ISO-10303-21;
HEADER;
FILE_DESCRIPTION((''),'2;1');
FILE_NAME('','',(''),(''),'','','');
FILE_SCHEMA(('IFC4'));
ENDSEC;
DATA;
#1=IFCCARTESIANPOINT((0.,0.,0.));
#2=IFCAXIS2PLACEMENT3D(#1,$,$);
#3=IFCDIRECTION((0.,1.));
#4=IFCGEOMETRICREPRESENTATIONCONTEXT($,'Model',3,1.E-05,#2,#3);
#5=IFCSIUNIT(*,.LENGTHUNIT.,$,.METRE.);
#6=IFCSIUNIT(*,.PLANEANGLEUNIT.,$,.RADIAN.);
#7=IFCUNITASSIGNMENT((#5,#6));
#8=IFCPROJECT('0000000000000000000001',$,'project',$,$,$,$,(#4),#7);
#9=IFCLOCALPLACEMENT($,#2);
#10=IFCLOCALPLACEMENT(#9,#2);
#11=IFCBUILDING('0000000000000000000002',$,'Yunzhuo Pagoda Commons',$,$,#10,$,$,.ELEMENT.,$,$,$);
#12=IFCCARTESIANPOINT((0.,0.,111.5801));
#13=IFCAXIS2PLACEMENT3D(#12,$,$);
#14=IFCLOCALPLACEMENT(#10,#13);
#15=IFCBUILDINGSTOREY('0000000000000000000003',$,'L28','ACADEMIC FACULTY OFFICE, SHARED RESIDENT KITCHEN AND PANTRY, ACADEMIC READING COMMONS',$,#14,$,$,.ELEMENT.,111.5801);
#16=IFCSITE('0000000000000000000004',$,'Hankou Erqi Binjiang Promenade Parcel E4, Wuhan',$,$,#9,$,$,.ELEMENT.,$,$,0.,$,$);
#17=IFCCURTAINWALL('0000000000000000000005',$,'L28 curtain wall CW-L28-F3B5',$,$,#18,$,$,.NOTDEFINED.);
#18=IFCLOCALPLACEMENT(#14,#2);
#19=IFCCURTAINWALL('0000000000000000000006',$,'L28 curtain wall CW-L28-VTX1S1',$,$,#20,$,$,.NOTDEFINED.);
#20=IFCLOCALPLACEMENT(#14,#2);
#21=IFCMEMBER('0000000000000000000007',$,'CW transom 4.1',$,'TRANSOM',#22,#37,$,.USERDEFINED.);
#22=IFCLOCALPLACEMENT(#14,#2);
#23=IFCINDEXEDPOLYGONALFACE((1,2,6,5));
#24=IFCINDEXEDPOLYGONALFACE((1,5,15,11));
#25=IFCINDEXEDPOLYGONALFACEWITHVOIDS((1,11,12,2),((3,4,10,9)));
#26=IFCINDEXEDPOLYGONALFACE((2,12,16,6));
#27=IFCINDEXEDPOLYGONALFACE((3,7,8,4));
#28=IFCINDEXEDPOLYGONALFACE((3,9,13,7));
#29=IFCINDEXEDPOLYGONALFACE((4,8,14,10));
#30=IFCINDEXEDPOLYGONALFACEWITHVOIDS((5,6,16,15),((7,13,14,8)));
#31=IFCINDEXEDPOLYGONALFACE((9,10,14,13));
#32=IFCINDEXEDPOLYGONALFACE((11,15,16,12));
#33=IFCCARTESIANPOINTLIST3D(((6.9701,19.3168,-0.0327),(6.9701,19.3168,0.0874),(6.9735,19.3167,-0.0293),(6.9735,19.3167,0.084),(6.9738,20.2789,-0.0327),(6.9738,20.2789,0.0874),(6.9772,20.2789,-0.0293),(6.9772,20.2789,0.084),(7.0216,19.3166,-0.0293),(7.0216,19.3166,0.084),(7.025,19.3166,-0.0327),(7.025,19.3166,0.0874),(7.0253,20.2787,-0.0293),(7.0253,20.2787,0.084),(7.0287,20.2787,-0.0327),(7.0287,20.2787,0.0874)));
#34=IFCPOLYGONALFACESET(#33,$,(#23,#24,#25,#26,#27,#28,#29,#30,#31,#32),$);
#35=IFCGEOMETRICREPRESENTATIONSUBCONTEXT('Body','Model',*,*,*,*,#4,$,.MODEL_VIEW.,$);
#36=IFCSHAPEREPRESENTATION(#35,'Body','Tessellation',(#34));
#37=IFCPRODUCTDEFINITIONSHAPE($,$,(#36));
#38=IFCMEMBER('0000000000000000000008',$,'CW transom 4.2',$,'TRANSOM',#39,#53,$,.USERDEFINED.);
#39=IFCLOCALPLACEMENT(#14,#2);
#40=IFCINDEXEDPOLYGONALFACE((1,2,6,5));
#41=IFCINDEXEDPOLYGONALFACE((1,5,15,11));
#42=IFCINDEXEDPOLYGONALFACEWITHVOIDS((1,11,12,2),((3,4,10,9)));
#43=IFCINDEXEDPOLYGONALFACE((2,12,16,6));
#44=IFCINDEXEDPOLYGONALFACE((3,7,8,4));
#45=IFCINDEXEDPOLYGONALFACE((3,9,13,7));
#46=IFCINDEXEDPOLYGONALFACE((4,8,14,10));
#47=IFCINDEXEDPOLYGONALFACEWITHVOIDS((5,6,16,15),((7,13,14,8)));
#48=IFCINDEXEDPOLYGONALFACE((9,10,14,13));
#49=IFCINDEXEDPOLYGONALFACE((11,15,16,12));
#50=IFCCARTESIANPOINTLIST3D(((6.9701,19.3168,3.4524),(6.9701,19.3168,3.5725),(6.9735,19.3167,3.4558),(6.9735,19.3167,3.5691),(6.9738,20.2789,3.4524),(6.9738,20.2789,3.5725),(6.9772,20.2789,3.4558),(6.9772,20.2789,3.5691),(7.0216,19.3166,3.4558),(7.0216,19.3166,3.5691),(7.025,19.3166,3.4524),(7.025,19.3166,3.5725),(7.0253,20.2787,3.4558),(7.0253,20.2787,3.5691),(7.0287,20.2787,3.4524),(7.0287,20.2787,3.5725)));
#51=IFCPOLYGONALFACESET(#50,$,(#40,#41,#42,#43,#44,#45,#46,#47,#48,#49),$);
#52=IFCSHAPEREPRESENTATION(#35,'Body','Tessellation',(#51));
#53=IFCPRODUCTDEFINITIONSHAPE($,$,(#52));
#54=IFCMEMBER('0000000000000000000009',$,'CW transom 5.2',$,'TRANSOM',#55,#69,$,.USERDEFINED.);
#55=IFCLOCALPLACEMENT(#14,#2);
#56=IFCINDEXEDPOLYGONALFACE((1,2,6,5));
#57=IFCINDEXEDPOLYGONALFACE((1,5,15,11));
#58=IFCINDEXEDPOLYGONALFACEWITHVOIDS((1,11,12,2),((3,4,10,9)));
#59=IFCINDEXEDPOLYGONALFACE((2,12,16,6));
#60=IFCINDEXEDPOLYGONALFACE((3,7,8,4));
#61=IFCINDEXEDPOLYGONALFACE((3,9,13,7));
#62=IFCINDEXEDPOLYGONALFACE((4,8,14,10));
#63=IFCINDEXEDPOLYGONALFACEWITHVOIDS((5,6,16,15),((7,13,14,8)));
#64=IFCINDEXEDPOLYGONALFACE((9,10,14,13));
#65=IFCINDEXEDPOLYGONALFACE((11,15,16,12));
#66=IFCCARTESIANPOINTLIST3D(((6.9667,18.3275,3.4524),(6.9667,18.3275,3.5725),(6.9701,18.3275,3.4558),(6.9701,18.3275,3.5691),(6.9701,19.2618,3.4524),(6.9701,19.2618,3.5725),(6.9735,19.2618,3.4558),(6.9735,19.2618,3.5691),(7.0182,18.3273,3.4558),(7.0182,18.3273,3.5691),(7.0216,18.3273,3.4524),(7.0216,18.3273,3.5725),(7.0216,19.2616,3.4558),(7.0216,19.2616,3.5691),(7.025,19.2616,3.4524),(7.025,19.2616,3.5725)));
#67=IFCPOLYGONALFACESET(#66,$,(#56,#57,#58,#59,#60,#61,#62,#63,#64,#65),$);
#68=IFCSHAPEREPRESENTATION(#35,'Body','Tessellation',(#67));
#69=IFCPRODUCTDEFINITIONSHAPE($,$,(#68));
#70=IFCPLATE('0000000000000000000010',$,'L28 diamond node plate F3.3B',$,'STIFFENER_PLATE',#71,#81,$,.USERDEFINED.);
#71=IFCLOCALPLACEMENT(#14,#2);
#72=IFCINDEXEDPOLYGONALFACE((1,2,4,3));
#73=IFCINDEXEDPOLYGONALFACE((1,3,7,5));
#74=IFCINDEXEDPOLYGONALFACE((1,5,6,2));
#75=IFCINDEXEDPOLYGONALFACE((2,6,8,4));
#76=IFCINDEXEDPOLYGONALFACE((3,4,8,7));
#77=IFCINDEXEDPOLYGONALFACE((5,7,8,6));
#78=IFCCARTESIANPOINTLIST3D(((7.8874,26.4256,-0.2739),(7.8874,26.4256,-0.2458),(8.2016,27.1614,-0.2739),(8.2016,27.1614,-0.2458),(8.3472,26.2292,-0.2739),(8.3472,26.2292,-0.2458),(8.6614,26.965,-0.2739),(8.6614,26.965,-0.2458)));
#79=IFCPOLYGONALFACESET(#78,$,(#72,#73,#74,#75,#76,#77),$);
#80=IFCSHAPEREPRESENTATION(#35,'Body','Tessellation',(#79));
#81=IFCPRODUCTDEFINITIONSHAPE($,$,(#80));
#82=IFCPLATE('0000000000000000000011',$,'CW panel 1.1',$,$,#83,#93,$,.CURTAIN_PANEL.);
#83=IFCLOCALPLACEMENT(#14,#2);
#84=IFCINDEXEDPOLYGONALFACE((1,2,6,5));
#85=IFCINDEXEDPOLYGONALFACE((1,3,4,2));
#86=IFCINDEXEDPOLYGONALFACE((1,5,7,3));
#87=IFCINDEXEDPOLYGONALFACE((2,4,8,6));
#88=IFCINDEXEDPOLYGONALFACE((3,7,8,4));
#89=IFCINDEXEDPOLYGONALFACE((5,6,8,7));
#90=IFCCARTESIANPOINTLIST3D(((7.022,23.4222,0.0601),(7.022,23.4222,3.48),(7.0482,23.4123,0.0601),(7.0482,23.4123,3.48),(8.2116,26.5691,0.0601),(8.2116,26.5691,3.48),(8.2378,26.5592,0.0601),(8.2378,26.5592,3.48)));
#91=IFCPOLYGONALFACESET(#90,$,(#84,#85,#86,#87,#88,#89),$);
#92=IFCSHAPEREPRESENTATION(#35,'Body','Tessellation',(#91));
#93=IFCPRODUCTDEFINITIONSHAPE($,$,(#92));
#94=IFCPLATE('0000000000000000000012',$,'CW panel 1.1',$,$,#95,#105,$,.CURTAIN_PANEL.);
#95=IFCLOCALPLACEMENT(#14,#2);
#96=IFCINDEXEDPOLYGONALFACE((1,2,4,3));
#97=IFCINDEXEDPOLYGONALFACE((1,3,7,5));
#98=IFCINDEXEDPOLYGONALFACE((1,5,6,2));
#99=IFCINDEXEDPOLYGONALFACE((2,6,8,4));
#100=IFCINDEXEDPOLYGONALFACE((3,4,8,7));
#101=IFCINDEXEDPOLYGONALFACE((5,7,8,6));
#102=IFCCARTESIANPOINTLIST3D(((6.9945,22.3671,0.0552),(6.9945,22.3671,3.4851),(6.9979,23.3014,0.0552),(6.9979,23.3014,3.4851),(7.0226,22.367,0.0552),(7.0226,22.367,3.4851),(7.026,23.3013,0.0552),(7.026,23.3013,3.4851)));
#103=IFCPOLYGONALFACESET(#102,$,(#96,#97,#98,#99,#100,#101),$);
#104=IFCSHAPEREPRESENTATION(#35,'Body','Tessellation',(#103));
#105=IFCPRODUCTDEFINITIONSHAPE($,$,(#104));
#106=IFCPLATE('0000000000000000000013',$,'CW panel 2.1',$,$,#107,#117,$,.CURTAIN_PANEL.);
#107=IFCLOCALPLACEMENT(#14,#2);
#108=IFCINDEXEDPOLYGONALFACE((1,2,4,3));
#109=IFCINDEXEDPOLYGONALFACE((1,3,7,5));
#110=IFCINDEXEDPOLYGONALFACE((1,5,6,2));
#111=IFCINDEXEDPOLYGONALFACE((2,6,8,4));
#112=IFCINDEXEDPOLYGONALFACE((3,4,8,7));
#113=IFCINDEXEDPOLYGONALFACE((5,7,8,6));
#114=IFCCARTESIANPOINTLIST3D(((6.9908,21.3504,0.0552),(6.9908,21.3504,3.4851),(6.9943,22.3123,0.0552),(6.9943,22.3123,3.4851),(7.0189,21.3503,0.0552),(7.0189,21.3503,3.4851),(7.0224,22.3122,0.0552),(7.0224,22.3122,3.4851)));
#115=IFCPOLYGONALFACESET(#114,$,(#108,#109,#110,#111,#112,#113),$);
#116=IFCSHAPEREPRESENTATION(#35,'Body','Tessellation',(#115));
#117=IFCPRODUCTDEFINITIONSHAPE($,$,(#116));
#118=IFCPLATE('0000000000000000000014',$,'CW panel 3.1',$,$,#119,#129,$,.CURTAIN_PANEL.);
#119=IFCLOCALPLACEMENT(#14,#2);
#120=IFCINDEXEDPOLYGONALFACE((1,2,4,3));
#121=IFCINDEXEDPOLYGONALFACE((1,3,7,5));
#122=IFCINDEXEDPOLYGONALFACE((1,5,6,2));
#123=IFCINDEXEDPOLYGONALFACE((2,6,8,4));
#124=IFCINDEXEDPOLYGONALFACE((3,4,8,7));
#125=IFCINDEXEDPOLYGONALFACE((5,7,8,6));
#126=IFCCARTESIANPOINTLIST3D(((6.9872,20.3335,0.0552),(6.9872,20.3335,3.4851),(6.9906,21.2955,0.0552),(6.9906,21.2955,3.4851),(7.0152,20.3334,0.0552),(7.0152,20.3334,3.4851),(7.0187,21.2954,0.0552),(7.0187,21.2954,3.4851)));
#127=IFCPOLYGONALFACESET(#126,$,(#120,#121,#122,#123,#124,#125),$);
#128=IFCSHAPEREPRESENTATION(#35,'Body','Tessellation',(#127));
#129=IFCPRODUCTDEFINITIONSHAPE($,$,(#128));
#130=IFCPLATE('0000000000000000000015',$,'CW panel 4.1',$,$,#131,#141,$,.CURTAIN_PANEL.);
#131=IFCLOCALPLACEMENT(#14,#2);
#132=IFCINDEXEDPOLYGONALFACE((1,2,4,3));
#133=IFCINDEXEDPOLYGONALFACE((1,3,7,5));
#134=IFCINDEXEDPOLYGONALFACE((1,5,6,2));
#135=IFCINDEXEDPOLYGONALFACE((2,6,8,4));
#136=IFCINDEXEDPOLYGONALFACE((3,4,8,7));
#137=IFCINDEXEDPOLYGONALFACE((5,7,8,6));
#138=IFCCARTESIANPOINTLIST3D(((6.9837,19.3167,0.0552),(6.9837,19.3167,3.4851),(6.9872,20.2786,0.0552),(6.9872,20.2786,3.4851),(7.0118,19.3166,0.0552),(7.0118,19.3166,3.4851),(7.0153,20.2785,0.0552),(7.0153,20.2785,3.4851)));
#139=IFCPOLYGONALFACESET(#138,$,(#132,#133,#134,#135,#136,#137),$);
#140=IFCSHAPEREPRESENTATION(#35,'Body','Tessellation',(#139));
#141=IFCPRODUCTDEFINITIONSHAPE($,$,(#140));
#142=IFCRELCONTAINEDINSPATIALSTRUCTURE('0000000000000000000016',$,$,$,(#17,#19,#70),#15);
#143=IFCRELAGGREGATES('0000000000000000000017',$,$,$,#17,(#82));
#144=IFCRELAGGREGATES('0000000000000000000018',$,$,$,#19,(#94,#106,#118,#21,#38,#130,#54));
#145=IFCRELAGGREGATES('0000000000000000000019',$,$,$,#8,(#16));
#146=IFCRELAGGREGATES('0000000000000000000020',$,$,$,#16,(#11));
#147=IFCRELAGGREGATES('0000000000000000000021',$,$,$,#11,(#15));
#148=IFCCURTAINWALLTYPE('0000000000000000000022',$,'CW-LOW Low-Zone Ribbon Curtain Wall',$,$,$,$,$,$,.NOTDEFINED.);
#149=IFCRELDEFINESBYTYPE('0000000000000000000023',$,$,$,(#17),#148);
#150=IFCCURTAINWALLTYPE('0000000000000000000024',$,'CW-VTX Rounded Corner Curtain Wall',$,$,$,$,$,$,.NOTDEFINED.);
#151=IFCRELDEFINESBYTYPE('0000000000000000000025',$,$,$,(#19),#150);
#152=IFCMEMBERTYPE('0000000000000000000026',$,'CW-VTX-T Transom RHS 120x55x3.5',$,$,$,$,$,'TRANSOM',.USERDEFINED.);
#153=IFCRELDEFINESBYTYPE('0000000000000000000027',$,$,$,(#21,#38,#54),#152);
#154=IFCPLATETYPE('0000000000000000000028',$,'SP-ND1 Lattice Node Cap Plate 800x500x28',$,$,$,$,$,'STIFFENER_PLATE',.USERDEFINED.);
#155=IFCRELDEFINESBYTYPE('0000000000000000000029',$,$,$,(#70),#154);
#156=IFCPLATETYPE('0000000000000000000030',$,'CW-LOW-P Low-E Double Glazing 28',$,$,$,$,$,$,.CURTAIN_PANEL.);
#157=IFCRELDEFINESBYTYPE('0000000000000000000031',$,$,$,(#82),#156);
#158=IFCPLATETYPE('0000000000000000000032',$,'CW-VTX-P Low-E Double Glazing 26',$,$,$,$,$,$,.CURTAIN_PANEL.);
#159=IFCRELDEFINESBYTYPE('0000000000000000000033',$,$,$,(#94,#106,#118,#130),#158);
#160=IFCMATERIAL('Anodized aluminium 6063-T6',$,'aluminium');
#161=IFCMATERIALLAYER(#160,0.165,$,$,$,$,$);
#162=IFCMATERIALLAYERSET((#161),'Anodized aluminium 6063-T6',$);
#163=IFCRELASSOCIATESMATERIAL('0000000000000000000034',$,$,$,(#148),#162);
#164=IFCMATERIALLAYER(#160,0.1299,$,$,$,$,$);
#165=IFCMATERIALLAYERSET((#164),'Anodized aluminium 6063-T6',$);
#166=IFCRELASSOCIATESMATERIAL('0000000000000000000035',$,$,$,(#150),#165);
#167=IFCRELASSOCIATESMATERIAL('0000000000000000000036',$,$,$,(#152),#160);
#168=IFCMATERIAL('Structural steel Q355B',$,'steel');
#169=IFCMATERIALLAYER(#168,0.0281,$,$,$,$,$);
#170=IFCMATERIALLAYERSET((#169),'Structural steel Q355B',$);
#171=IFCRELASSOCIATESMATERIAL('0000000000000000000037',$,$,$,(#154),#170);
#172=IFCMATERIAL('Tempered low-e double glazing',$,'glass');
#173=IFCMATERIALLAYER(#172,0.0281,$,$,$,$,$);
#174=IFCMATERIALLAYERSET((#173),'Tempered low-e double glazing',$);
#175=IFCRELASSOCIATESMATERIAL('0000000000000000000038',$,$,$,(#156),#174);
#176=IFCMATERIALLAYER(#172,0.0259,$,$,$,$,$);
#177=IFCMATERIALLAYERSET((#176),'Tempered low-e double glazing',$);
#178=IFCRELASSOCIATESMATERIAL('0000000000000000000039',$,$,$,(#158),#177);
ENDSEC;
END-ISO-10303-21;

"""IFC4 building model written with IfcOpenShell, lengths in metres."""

from ifc_helpers import new_model, si_unit, direction, frame, origin, origin_2d, place, context, subcontext, project, spatial, rectangle, hollow_rectangle, extrude, source, transform, mapped, material, layer, layer_set, material_profile, profile_set, type_object, element, aggregate, save


model = new_model("IFC4")

# Units and contexts
model_context = context("Model", 3, precision=1e-05, world=origin(), true_north=direction((0.0, 1.0)))
body_context = subcontext(model_context, "Body", "Model", "MODEL_VIEW")
ifc_project = project(units=[si_unit("LENGTHUNIT", "METRE"), si_unit("PLANEANGLEUNIT", "RADIAN")], contexts=[model_context])

# Site, building, storey
site_placement = place(None, origin())
site = spatial("IfcSite", under=ifc_project, at=site_placement, Name="Hankou Erqi Binjiang Promenade Parcel E4, Wuhan", CompositionType="ELEMENT", RefElevation=0.0)
building_placement = place(site_placement, origin())
building = spatial("IfcBuilding", under=site, at=building_placement, Name="Yunzhuo Pagoda Commons", CompositionType="ELEMENT")
storey_placement = place(building_placement, frame((0.0, 0.0, 111.5801)))
storey = spatial("IfcBuildingStorey", under=building, at=storey_placement, Name="L28", Description="ACADEMIC FACULTY OFFICE, SHARED RESIDENT KITCHEN AND PANTRY, ACADEMIC READING COMMONS", CompositionType="ELEMENT", Elevation=111.5801)

# Shared definitions
ifc_material_1 = material(Name="Structural steel Q355B", Category="steel")

# Shared definitions
ifc_material_2 = material(Name="Anodized aluminium 6063-T6", Category="aluminium")
ifc_layer_1 = layer(ifc_material_2, 0.165)
ifc_layer_set_1 = layer_set([ifc_layer_1], Name="Anodized aluminium 6063-T6")
curtain_wall_type_1 = type_object("IfcCurtainWallType", Name="CW-LOW Low-Zone Ribbon Curtain Wall", PredefinedType="NOTDEFINED", material=ifc_layer_set_1)

# Curtain walls
curtain_wall_1_placement = place(storey_placement, origin())
curtain_wall_1 = element("IfcCurtainWall", 1, at=curtain_wall_1_placement, inside=storey, type_object=curtain_wall_type_1, Name="L28 curtain wall CW-L28-F3B5", PredefinedType="NOTDEFINED")
ifc_layer_2 = layer(ifc_material_2, 0.1299)
ifc_layer_set_2 = layer_set([ifc_layer_2], Name="Anodized aluminium 6063-T6")
curtain_wall_type_2 = type_object("IfcCurtainWallType", Name="CW-VTX Rounded Corner Curtain Wall", PredefinedType="NOTDEFINED", material=ifc_layer_set_2)
curtain_wall_2_placement = place(storey_placement, origin())
curtain_wall_2 = element("IfcCurtainWall", 2, at=curtain_wall_2_placement, inside=storey, type_object=curtain_wall_type_2, Name="L28 curtain wall CW-L28-VTX1S1", PredefinedType="NOTDEFINED")

# Members
ifc_material_profile_1 = material_profile(ifc_material_2, hollow_rectangle(XDim=0.0549, YDim=0.1201, WallThickness=0.0034, at=origin_2d()), Name="Anodized aluminium 6063-T6")
ifc_profile_set_1 = profile_set([ifc_material_profile_1], Name="Anodized aluminium 6063-T6")
member_type_1 = type_object("IfcMemberType", Name="CW-VTX-T Transom RHS 120x55x3.5", ElementType="TRANSOM", PredefinedType="USERDEFINED", material=ifc_profile_set_1)
shared_shape_1 = source(origin(), body_context, "Body", "SweptSolid", [
    extrude(hollow_rectangle(XDim=0.0549, YDim=0.1201, WallThickness=0.0034, at=origin_2d()), origin(), (0.0, 0.0, 1.0), 0.9622),
])
member_1_placement = place(storey_placement, frame((7.0012, 20.2788, 0.0273), z_axis=(-0.003806, -0.999993, 0.0), x_axis=(0.999993, -0.003806, 0.0)))
member_1 = element("IfcMember", 3, at=member_1_placement, type_object=member_type_1, Name="CW transom 4.1", ObjectType="TRANSOM", PredefinedType="USERDEFINED", context=body_context, shape_type="MappedRepresentation", body=[
    mapped(shared_shape_1, transform((0.0, 0.0, 0.0), scale=1.0)),
])
member_2_placement = place(storey_placement, frame((7.0012, 20.2788, 3.5125), z_axis=(-0.003806, -0.999993, 0.0), x_axis=(0.999993, -0.003806, 0.0)))
member_2 = element("IfcMember", 4, at=member_2_placement, type_object=member_type_1, Name="CW transom 4.2", ObjectType="TRANSOM", PredefinedType="USERDEFINED", context=body_context, shape_type="MappedRepresentation", body=[
    mapped(shared_shape_1, transform((0.0, 0.0, 0.0), scale=1.0)),
])
shared_shape_2 = source(origin(), body_context, "Body", "SweptSolid", [
    extrude(hollow_rectangle(XDim=0.0549, YDim=0.1201, WallThickness=0.0034, at=origin_2d()), origin(), (0.0, 0.0, 1.0), 0.9343),
])
member_3_placement = place(storey_placement, frame((6.9976, 19.2617, 3.5125), z_axis=(-0.003658, -0.999993, 0.0), x_axis=(0.999993, -0.003658, 0.0)))
member_3 = element("IfcMember", 5, at=member_3_placement, type_object=member_type_1, Name="CW transom 5.2", ObjectType="TRANSOM", PredefinedType="USERDEFINED", context=body_context, shape_type="MappedRepresentation", body=[
    mapped(shared_shape_2, transform((0.0, 0.0, 0.0), scale=1.0)),
])

# Plates
ifc_layer_3 = layer(ifc_material_1, 0.0281)
ifc_layer_set_3 = layer_set([ifc_layer_3], Name="Structural steel Q355B")
plate_type_1 = type_object("IfcPlateType", Name="SP-ND1 Lattice Node Cap Plate 800x500x28", ElementType="STIFFENER_PLATE", PredefinedType="USERDEFINED", material=ifc_layer_set_3)
shared_shape_3 = source(origin(), body_context, "Body", "SweptSolid", [
    extrude(rectangle(XDim=0.8, YDim=0.5, at=origin_2d()), origin(), (0.0, 0.0, 1.0), 0.0281),
])
plate_1_placement = place(storey_placement, frame((8.2744, 26.6953, -0.2739), z_axis=(0.0, 0.0, 1.0), x_axis=(-0.392738, -0.91965, 0.0)))
element("IfcPlate", 6, at=plate_1_placement, inside=storey, type_object=plate_type_1, Name="L28 diamond node plate F3.3B", ObjectType="STIFFENER_PLATE", PredefinedType="USERDEFINED", context=body_context, shape_type="MappedRepresentation", body=[
    mapped(shared_shape_3, transform((0.0, 0.0, 0.0), scale=1.0)),
])
ifc_material_3 = material(Name="Tempered low-e double glazing", Category="glass")
ifc_layer_4 = layer(ifc_material_3, 0.0281)
ifc_layer_set_4 = layer_set([ifc_layer_4], Name="Tempered low-e double glazing")
plate_type_2 = type_object("IfcPlateType", Name="CW-LOW-P Low-E Double Glazing 28", PredefinedType="CURTAIN_PANEL", material=ifc_layer_set_4)
shared_shape_4 = source(origin(), body_context, "Body", "SweptSolid", [
    extrude(rectangle(XDim=3.3643, YDim=0.0281, at=origin_2d()), origin(), (0.0, 0.0, 1.0), 3.4199),
])
plate_2_placement = place(storey_placement, frame((7.6299, 24.9907, 0.0601), z_axis=(0.0, 0.0, 1.0), x_axis=(-0.3536, -0.935397, 0.0)))
plate_2 = element("IfcPlate", 7, at=plate_2_placement, type_object=plate_type_2, Name="CW panel 1.1", PredefinedType="CURTAIN_PANEL", context=body_context, shape_type="MappedRepresentation", body=[
    mapped(shared_shape_4, transform((0.0, 0.0, 0.0), scale=1.0)),
])
aggregate(curtain_wall_1, [plate_2])
ifc_layer_5 = layer(ifc_material_3, 0.0259)
ifc_layer_set_5 = layer_set([ifc_layer_5], Name="Tempered low-e double glazing")
plate_type_3 = type_object("IfcPlateType", Name="CW-VTX-P Low-E Double Glazing 26", PredefinedType="CURTAIN_PANEL", material=ifc_layer_set_5)
shared_shape_5 = source(origin(), body_context, "Body", "SweptSolid", [
    extrude(rectangle(XDim=0.9343, YDim=0.0281, at=origin_2d()), origin(), (0.0, 0.0, 1.0), 3.4299),
])
plate_3_placement = place(storey_placement, frame((7.0103, 22.8342, 0.0552), z_axis=(0.0, 0.0, 1.0), x_axis=(-0.003599, -0.999994, 0.0)))
plate_3 = element("IfcPlate", 8, at=plate_3_placement, type_object=plate_type_3, Name="CW panel 1.1", PredefinedType="CURTAIN_PANEL", context=body_context, shape_type="MappedRepresentation", body=[
    mapped(shared_shape_5, transform((0.0, 0.0, 0.0), scale=1.0)),
])
shared_shape_6 = source(origin(), body_context, "Body", "SweptSolid", [
    extrude(rectangle(XDim=0.9619, YDim=0.0281, at=origin_2d()), origin(), (0.0, 0.0, 1.0), 3.4299),
])
plate_4_placement = place(storey_placement, frame((7.0066, 21.8313, 0.0552), z_axis=(0.0, 0.0, 1.0), x_axis=(-0.003599, -0.999994, 0.0)))
plate_4 = element("IfcPlate", 9, at=plate_4_placement, type_object=plate_type_3, Name="CW panel 2.1", PredefinedType="CURTAIN_PANEL", context=body_context, shape_type="MappedRepresentation", body=[
    mapped(shared_shape_6, transform((0.0, 0.0, 0.0), scale=1.0)),
])
plate_5_placement = place(storey_placement, frame((7.0029, 20.8145, 0.0552), z_axis=(0.0, 0.0, 1.0), x_axis=(-0.003599, -0.999994, 0.0)))
plate_5 = element("IfcPlate", 10, at=plate_5_placement, type_object=plate_type_3, Name="CW panel 3.1", PredefinedType="CURTAIN_PANEL", context=body_context, shape_type="MappedRepresentation", body=[
    mapped(shared_shape_6, transform((0.0, 0.0, 0.0), scale=1.0)),
])
plate_6_placement = place(storey_placement, frame((6.9995, 19.7976, 0.0552), z_axis=(0.0, 0.0, 1.0), x_axis=(-0.003599, -0.999994, 0.0)))
plate_6 = element("IfcPlate", 11, at=plate_6_placement, type_object=plate_type_3, Name="CW panel 4.1", PredefinedType="CURTAIN_PANEL", context=body_context, shape_type="MappedRepresentation", body=[
    mapped(shared_shape_6, transform((0.0, 0.0, 0.0), scale=1.0)),
])
aggregate(curtain_wall_2, [plate_3, plate_4, plate_5, member_1, member_2, plate_6, member_3])

save(model, "model.ifc")
